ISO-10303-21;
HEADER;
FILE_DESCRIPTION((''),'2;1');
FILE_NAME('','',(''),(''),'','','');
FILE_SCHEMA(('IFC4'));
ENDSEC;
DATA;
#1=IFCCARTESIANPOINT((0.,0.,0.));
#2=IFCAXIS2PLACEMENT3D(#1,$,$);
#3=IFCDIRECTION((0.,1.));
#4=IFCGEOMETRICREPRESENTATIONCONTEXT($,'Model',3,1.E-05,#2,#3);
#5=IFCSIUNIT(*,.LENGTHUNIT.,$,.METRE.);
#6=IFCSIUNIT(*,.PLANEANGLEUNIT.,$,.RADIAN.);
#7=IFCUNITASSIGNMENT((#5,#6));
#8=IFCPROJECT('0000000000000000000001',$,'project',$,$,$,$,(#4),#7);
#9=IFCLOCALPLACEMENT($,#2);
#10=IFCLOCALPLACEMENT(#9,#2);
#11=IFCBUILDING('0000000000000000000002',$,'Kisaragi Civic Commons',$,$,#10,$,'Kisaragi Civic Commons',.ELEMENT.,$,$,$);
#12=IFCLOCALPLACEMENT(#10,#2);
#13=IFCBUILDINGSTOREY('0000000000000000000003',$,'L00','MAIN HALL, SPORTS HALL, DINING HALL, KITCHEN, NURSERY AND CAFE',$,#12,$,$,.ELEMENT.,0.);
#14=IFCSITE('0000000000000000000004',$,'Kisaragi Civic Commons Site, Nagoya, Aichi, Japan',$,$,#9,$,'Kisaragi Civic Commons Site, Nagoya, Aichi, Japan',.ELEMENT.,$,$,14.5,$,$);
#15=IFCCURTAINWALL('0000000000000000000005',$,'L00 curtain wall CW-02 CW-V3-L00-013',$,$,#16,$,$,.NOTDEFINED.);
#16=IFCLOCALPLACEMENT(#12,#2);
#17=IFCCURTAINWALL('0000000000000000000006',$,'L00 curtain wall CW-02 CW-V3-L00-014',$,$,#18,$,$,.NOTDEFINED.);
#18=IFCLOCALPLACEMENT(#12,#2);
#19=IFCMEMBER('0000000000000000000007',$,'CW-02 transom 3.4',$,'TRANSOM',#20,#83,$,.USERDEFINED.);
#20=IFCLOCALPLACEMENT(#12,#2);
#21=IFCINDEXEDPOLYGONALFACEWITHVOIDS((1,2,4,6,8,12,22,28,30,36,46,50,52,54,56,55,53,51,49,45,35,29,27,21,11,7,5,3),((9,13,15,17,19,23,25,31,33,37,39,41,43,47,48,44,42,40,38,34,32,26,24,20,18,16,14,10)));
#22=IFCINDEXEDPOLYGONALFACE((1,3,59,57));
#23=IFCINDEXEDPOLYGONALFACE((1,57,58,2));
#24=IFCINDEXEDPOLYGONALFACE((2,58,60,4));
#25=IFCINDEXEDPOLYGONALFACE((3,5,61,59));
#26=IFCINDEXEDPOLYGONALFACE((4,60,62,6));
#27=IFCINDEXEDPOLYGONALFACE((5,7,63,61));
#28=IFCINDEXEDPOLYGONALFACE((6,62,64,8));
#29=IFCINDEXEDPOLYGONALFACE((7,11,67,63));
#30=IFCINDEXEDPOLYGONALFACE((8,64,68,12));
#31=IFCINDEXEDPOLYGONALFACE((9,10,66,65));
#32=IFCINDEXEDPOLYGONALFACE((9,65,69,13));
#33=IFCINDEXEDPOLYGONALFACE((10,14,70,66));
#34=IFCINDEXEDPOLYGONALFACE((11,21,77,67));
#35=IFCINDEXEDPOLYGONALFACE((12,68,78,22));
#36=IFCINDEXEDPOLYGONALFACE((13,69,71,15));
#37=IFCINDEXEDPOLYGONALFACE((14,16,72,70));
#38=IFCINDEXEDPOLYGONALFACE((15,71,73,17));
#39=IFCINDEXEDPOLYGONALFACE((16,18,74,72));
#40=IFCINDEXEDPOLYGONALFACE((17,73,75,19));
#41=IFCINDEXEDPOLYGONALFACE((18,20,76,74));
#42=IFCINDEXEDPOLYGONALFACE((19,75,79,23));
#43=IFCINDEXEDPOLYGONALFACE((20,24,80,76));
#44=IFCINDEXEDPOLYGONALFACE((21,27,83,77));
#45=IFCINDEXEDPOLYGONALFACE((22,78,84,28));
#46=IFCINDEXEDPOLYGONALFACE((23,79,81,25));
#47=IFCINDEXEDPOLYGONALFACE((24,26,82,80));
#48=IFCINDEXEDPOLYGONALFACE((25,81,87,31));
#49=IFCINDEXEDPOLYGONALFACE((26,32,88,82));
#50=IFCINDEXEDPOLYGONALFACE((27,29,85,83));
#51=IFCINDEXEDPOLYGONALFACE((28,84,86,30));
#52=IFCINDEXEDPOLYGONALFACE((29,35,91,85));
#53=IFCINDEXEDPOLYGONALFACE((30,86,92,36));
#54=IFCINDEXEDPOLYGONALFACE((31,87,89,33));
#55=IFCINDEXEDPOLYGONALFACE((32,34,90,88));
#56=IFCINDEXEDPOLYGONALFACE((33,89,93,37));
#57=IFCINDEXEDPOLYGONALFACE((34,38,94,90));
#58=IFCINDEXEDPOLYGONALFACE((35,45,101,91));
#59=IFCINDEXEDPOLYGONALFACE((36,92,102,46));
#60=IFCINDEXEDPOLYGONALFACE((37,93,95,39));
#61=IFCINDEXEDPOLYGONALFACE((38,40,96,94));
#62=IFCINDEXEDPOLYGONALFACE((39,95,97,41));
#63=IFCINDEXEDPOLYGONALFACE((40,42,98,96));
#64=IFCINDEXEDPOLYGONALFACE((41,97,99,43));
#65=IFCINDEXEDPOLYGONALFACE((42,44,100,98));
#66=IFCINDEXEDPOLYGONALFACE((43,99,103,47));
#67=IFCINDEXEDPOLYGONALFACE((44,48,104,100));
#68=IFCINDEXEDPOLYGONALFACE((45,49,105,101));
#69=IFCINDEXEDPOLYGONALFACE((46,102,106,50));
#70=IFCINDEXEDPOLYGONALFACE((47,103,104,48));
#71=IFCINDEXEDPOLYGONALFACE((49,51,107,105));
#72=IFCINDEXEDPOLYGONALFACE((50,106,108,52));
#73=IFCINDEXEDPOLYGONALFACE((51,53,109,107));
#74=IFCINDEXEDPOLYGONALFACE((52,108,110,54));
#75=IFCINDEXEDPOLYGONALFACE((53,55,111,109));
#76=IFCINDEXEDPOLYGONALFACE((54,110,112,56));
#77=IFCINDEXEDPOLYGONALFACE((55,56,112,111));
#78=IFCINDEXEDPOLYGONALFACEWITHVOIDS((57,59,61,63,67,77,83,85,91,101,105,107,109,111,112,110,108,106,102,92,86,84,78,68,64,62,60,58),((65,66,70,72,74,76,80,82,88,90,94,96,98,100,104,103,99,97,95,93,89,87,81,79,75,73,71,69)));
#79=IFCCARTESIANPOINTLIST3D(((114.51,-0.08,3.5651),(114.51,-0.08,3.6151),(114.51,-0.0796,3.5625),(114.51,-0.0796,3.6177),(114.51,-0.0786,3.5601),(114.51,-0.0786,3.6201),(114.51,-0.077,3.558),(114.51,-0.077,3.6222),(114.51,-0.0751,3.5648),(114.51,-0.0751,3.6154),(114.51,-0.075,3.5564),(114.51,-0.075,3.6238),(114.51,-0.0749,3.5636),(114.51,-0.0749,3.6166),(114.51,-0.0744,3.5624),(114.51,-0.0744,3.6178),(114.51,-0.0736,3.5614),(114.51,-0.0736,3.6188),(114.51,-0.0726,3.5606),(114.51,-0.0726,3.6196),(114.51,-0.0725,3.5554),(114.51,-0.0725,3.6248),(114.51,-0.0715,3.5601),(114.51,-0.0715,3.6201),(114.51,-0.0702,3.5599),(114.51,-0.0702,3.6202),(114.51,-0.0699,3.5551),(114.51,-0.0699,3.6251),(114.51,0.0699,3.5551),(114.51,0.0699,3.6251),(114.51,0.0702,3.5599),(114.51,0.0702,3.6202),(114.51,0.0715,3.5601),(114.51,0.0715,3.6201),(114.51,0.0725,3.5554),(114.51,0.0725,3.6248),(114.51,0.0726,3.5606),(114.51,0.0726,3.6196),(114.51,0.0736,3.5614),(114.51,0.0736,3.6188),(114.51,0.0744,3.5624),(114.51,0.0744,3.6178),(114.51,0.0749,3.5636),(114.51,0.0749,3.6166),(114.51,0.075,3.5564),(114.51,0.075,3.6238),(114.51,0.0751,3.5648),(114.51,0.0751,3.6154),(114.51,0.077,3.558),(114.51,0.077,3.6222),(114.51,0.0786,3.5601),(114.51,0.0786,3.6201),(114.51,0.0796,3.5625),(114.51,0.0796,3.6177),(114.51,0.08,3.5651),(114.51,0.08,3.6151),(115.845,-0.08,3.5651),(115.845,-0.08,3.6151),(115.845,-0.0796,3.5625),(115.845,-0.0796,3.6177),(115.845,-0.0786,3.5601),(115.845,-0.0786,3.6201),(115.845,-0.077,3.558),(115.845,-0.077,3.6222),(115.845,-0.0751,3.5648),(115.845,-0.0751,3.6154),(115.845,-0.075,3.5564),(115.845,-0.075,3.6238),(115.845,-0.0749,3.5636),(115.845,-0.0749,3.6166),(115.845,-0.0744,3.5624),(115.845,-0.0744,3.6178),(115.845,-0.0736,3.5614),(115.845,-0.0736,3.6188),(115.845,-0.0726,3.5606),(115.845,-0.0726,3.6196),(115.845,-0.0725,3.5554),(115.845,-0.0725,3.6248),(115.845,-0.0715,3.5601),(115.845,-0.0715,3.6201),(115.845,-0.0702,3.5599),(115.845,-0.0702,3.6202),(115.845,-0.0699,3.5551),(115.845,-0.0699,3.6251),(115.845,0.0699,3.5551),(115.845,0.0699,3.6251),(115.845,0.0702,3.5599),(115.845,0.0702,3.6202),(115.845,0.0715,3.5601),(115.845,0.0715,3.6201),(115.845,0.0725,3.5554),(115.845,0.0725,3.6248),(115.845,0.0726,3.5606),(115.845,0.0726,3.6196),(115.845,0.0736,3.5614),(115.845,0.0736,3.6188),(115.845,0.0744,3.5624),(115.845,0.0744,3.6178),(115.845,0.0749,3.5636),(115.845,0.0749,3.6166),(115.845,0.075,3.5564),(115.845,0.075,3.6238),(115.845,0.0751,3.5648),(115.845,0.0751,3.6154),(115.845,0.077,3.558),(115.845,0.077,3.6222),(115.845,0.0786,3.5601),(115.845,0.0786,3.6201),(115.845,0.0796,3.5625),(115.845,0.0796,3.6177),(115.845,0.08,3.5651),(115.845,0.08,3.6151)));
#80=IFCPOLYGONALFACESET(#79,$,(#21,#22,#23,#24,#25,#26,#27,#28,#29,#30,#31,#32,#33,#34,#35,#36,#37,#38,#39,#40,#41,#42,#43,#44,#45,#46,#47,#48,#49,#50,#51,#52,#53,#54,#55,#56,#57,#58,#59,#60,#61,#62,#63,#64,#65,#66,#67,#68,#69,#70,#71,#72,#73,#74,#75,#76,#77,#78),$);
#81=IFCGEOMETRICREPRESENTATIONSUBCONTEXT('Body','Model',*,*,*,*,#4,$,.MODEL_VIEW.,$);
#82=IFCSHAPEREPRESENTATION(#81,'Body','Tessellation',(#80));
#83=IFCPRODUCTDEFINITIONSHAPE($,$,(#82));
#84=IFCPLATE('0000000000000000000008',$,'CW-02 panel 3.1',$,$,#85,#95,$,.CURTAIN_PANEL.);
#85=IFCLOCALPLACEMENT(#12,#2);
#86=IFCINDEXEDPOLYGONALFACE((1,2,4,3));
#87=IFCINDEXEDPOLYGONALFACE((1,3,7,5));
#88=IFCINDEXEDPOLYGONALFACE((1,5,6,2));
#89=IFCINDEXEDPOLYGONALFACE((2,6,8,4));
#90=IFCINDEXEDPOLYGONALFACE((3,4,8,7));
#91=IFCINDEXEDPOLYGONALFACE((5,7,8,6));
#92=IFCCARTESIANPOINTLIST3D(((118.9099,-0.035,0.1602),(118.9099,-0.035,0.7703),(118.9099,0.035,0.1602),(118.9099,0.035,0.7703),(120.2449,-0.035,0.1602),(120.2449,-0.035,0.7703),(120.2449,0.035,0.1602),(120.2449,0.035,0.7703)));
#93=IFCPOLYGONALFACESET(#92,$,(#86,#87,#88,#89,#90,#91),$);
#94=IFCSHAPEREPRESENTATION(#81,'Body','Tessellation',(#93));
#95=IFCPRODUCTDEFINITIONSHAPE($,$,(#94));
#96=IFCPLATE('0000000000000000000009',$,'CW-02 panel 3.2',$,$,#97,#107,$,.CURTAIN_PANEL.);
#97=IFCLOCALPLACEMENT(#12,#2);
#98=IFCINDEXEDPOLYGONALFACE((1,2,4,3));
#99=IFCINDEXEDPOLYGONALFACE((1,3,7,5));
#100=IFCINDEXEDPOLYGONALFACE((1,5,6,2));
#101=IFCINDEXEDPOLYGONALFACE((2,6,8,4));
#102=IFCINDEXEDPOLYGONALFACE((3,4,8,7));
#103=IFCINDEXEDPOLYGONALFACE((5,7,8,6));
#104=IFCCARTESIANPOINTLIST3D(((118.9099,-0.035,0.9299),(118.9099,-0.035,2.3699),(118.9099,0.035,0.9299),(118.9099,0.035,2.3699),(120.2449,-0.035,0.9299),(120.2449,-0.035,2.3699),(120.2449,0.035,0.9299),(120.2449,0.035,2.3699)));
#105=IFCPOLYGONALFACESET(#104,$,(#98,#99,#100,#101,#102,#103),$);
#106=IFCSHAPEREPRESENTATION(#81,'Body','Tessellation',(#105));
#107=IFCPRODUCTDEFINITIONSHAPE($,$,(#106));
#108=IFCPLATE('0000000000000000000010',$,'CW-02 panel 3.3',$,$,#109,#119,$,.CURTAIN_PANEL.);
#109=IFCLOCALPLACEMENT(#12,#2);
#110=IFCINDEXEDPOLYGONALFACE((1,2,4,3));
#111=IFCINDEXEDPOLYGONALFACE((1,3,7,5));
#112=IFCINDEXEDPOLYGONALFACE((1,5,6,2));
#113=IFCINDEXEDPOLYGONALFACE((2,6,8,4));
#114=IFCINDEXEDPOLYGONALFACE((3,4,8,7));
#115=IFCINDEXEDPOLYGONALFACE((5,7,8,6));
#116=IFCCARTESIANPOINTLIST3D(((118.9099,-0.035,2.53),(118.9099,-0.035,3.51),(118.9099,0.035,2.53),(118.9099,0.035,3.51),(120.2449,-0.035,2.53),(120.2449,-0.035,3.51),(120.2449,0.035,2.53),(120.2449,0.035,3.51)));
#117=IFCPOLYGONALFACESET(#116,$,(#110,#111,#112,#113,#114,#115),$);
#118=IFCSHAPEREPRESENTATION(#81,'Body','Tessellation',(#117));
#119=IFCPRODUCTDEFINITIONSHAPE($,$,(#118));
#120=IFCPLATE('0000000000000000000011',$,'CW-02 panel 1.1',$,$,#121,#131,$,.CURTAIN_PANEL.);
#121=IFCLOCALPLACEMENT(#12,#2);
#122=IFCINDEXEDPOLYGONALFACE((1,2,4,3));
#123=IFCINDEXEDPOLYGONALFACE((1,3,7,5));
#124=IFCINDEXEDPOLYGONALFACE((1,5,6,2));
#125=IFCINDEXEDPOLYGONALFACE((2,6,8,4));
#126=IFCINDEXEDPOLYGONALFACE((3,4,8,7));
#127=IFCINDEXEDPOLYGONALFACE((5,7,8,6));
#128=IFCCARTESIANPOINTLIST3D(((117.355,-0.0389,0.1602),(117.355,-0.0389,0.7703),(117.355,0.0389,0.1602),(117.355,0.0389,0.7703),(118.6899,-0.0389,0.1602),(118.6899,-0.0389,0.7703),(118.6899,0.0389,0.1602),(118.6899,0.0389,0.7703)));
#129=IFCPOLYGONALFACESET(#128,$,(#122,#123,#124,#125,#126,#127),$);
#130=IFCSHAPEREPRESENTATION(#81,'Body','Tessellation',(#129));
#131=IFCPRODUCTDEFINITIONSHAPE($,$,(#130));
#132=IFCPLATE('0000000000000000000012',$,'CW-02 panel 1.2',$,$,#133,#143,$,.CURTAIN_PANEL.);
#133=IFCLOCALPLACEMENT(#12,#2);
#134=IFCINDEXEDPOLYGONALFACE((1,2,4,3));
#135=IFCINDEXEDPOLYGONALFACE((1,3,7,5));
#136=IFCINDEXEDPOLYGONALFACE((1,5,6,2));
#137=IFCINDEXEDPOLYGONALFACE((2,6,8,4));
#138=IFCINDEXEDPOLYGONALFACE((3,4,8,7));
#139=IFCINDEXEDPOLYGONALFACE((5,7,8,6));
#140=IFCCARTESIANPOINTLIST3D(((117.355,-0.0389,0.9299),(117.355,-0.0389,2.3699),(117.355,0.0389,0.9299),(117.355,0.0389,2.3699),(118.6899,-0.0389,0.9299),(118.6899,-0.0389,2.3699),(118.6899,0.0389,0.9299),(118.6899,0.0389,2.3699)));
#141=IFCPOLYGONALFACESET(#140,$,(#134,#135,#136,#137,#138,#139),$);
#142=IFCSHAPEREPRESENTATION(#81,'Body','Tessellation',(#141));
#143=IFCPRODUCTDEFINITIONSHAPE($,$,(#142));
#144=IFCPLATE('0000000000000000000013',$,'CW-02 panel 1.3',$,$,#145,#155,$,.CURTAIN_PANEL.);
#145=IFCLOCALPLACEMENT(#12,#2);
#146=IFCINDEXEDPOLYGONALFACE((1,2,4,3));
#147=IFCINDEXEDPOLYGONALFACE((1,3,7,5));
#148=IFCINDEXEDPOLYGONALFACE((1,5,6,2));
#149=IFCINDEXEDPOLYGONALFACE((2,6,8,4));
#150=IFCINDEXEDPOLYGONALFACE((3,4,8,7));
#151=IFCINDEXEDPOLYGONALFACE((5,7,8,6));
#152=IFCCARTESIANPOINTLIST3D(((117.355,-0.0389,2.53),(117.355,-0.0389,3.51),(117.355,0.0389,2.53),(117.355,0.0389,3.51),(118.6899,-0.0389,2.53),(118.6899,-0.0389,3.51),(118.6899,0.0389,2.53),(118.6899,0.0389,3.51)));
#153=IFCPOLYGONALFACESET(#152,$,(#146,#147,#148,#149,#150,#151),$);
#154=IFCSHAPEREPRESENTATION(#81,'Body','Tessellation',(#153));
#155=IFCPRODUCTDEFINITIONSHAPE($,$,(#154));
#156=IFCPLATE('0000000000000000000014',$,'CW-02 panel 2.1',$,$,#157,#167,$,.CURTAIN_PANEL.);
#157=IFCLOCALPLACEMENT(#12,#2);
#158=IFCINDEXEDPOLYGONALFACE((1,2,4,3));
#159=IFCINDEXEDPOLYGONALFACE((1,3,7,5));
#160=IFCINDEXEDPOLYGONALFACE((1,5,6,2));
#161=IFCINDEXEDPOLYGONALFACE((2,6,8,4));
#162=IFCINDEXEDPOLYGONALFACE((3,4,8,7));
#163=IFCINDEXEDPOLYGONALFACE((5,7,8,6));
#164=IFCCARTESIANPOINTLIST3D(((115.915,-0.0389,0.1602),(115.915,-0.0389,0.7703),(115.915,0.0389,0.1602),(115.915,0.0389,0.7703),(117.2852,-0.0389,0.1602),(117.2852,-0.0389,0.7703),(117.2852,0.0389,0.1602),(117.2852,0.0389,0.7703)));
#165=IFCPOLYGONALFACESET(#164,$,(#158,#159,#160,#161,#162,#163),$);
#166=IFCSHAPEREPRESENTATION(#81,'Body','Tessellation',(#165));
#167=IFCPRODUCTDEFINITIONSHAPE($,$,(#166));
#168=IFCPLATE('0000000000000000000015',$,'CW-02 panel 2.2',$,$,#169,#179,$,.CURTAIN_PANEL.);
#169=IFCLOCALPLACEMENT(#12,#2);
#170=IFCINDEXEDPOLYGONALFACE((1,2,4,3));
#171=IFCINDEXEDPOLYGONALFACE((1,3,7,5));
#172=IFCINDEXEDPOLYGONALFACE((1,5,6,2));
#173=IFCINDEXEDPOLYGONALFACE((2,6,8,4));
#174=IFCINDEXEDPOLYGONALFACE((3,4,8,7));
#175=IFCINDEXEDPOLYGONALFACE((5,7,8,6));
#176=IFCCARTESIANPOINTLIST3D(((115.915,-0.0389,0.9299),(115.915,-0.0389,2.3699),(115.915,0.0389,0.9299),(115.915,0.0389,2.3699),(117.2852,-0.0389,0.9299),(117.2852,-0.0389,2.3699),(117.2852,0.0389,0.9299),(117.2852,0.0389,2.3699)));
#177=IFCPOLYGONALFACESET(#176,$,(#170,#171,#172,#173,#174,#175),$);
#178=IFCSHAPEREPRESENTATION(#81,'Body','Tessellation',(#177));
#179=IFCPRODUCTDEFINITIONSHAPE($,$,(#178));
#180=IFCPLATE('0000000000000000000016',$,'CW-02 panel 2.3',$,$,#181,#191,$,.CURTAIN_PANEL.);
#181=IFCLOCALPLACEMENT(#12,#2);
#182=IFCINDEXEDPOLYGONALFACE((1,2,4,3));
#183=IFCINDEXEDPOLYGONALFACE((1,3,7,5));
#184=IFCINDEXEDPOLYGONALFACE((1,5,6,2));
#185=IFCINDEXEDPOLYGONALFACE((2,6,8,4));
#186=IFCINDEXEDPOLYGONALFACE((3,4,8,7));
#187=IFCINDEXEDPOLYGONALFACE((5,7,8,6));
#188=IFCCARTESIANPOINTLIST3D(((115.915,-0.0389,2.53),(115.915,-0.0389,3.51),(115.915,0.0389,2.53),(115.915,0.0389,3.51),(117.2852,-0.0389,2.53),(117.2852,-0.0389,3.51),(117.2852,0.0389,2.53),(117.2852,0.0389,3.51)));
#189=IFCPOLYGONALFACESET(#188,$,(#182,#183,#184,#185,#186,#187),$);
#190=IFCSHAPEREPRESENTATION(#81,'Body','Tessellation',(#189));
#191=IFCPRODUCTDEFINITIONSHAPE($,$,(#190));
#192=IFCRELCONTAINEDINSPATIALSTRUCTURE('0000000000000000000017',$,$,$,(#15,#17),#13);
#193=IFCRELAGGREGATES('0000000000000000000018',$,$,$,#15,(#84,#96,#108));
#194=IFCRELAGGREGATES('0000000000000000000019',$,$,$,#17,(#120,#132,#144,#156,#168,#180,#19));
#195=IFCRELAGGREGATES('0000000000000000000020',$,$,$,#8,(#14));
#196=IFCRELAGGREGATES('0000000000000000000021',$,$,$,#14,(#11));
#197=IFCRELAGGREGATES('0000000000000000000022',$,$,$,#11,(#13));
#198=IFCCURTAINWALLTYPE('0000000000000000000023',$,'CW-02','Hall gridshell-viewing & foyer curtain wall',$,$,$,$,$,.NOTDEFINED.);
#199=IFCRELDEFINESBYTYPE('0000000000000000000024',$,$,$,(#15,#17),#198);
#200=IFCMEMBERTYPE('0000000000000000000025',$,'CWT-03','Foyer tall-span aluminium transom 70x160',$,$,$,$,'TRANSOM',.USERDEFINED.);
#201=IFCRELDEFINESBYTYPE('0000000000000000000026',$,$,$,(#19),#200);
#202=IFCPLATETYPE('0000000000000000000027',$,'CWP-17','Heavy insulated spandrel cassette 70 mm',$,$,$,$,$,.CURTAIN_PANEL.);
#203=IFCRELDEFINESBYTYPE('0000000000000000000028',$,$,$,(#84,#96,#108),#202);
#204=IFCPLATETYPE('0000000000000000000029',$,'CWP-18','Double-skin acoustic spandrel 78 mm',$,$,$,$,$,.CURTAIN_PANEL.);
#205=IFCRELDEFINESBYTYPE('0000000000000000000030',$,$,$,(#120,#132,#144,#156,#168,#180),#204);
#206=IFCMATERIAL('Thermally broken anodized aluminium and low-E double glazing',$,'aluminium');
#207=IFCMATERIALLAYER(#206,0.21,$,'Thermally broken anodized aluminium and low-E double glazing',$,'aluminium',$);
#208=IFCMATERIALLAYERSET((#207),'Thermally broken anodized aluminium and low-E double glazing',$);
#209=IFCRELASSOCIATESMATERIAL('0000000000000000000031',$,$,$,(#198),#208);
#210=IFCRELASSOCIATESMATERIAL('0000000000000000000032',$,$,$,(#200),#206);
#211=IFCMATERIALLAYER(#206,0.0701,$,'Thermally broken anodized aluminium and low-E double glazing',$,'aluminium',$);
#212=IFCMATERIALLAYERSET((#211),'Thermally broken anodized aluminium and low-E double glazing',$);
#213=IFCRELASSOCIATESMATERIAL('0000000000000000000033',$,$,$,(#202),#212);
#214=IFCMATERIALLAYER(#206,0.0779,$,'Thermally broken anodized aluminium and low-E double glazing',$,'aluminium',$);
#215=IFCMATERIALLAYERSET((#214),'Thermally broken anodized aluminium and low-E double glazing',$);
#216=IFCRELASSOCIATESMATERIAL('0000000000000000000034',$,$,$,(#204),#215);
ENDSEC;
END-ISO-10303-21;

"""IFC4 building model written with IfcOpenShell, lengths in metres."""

from ifc_helpers import new_model, si_unit, direction, frame, origin, origin_2d, place, context, subcontext, project, spatial, rectangle, hollow_rectangle, extrude, material, layer, layer_set, material_profile, profile_set, type_object, element, aggregate, save


model = new_model("IFC4")

# Units and contexts
model_context = context("Model", 3, precision=1e-05, world=origin(), true_north=direction((0.0, 1.0)))
body_context = subcontext(model_context, "Body", "Model", "MODEL_VIEW")
ifc_project = project(units=[si_unit("LENGTHUNIT", "METRE"), si_unit("PLANEANGLEUNIT", "RADIAN")], contexts=[model_context])

# Site, building, storey
site_placement = place(None, origin())
site = spatial("IfcSite", under=ifc_project, at=site_placement, Name="Kisaragi Civic Commons Site, Nagoya, Aichi, Japan", LongName="Kisaragi Civic Commons Site, Nagoya, Aichi, Japan", CompositionType="ELEMENT", RefElevation=14.5)
building_placement = place(site_placement, origin())
building = spatial("IfcBuilding", under=site, at=building_placement, Name="Kisaragi Civic Commons", LongName="Kisaragi Civic Commons", CompositionType="ELEMENT")
storey_placement = place(building_placement, origin())
storey = spatial("IfcBuildingStorey", under=building, at=storey_placement, Name="L00", Description="MAIN HALL, SPORTS HALL, DINING HALL, KITCHEN, NURSERY AND CAFE", CompositionType="ELEMENT", Elevation=0.0)

# Curtain wall
ifc_material_1 = material(Name="Thermally broken anodized aluminium and low-E double glazing", Category="aluminium")
ifc_layer_1 = layer(ifc_material_1, 0.21, Name="Thermally broken anodized aluminium and low-E double glazing", Category="aluminium")
ifc_layer_set_1 = layer_set([ifc_layer_1], Name="Thermally broken anodized aluminium and low-E double glazing")
curtain_wall_type = type_object("IfcCurtainWallType", Name="CW-02", Description="Hall gridshell-viewing & foyer curtain wall", PredefinedType="NOTDEFINED", material=ifc_layer_set_1)
curtain_wall_1_placement = place(storey_placement, origin())
curtain_wall_1 = element("IfcCurtainWall", 1, at=curtain_wall_1_placement, inside=storey, type_object=curtain_wall_type, Name="L00 curtain wall CW-02 CW-V3-L00-013", PredefinedType="NOTDEFINED")

# Curtain wall, member
curtain_wall_2_placement = place(storey_placement, origin())
curtain_wall_2 = element("IfcCurtainWall", 2, at=curtain_wall_2_placement, inside=storey, type_object=curtain_wall_type, Name="L00 curtain wall CW-02 CW-V3-L00-014", PredefinedType="NOTDEFINED")
ifc_material_profile_1 = material_profile(ifc_material_1, hollow_rectangle(XDim=0.1599, YDim=0.0701, WallThickness=0.0049, InnerFilletRadius=0.0049, OuterFilletRadius=0.01, at=origin_2d()), Name="CWT-70x160x5", Category="aluminium")
ifc_profile_set_1 = profile_set([ifc_material_profile_1], Name="Thermally broken anodized aluminium and low-E double glazing")
member_type_1 = type_object("IfcMemberType", Name="CWT-03", Description="Foyer tall-span aluminium transom 70x160", ElementType="TRANSOM", PredefinedType="USERDEFINED", material=ifc_profile_set_1)
member_1_placement = place(storey_placement, frame((115.845, 0.0, 3.5901), z_axis=(-1.0, 0.0, 0.0), x_axis=(0.0, -1.0, 0.0)))
member_1 = element("IfcMember", 3, at=member_1_placement, type_object=member_type_1, Name="CW-02 transom 3.4", ObjectType="TRANSOM", PredefinedType="USERDEFINED", context=body_context, shape_type="SweptSolid", body=[
    extrude(hollow_rectangle(XDim=0.1599, YDim=0.0701, WallThickness=0.0049, InnerFilletRadius=0.0049, OuterFilletRadius=0.01, at=origin_2d()), origin(), (0.0, 0.0, 1.0), 1.335),
])

# Plates
ifc_layer_2 = layer(ifc_material_1, 0.0701, Name="Thermally broken anodized aluminium and low-E double glazing", Category="aluminium")
ifc_layer_set_2 = layer_set([ifc_layer_2], Name="Thermally broken anodized aluminium and low-E double glazing")
plate_type_1 = type_object("IfcPlateType", Name="CWP-17", Description="Heavy insulated spandrel cassette 70 mm", PredefinedType="CURTAIN_PANEL", material=ifc_layer_set_2)
plate_1_placement = place(storey_placement, frame((119.5774, 0.0, 0.1602), z_axis=(0.0, 0.0, 1.0), x_axis=(-1.0, 0.0, 0.0)))
plate_1 = element("IfcPlate", 4, at=plate_1_placement, type_object=plate_type_1, Name="CW-02 panel 3.1", PredefinedType="CURTAIN_PANEL", context=body_context, shape_type="SweptSolid", body=[
    extrude(rectangle(XDim=1.335, YDim=0.0701, at=origin_2d()), origin(), (0.0, 0.0, 1.0), 0.6101),
])
plate_2_placement = place(storey_placement, frame((119.5774, 0.0, 0.9299), z_axis=(0.0, 0.0, 1.0), x_axis=(-1.0, 0.0, 0.0)))
plate_2 = element("IfcPlate", 5, at=plate_2_placement, type_object=plate_type_1, Name="CW-02 panel 3.2", PredefinedType="CURTAIN_PANEL", context=body_context, shape_type="SweptSolid", body=[
    extrude(rectangle(XDim=1.335, YDim=0.0701, at=origin_2d()), origin(), (0.0, 0.0, 1.0), 1.4399),
])
plate_3_placement = place(storey_placement, frame((119.5774, 0.0, 2.53), z_axis=(0.0, 0.0, 1.0), x_axis=(-1.0, 0.0, 0.0)))
plate_3 = element("IfcPlate", 6, at=plate_3_placement, type_object=plate_type_1, Name="CW-02 panel 3.3", PredefinedType="CURTAIN_PANEL", context=body_context, shape_type="SweptSolid", body=[
    extrude(rectangle(XDim=1.335, YDim=0.0701, at=origin_2d()), origin(), (0.0, 0.0, 1.0), 0.98),
])
aggregate(curtain_wall_1, [plate_1, plate_2, plate_3])
ifc_layer_3 = layer(ifc_material_1, 0.0779, Name="Thermally broken anodized aluminium and low-E double glazing", Category="aluminium")
ifc_layer_set_3 = layer_set([ifc_layer_3], Name="Thermally broken anodized aluminium and low-E double glazing")
plate_type_2 = type_object("IfcPlateType", Name="CWP-18", Description="Double-skin acoustic spandrel 78 mm", PredefinedType="CURTAIN_PANEL", material=ifc_layer_set_3)
plate_4_placement = place(storey_placement, frame((118.0225, 0.0, 0.1602), z_axis=(0.0, 0.0, 1.0), x_axis=(-1.0, 0.0, 0.0)))
plate_4 = element("IfcPlate", 7, at=plate_4_placement, type_object=plate_type_2, Name="CW-02 panel 1.1", PredefinedType="CURTAIN_PANEL", context=body_context, shape_type="SweptSolid", body=[
    extrude(rectangle(XDim=1.335, YDim=0.0779, at=origin_2d()), origin(), (0.0, 0.0, 1.0), 0.6101),
])
plate_5_placement = place(storey_placement, frame((118.0225, 0.0, 0.9299), z_axis=(0.0, 0.0, 1.0), x_axis=(-1.0, 0.0, 0.0)))
plate_5 = element("IfcPlate", 8, at=plate_5_placement, type_object=plate_type_2, Name="CW-02 panel 1.2", PredefinedType="CURTAIN_PANEL", context=body_context, shape_type="SweptSolid", body=[
    extrude(rectangle(XDim=1.335, YDim=0.0779, at=origin_2d()), origin(), (0.0, 0.0, 1.0), 1.4399),
])
plate_6_placement = place(storey_placement, frame((118.0225, 0.0, 2.53), z_axis=(0.0, 0.0, 1.0), x_axis=(-1.0, 0.0, 0.0)))
plate_6 = element("IfcPlate", 9, at=plate_6_placement, type_object=plate_type_2, Name="CW-02 panel 1.3", PredefinedType="CURTAIN_PANEL", context=body_context, shape_type="SweptSolid", body=[
    extrude(rectangle(XDim=1.335, YDim=0.0779, at=origin_2d()), origin(), (0.0, 0.0, 1.0), 0.98),
])
plate_7_placement = place(storey_placement, frame((116.6001, 0.0, 0.1602), z_axis=(0.0, 0.0, 1.0), x_axis=(-1.0, 0.0, 0.0)))
plate_7 = element("IfcPlate", 10, at=plate_7_placement, type_object=plate_type_2, Name="CW-02 panel 2.1", PredefinedType="CURTAIN_PANEL", context=body_context, shape_type="SweptSolid", body=[
    extrude(rectangle(XDim=1.3701, YDim=0.0779, at=origin_2d()), origin(), (0.0, 0.0, 1.0), 0.6101),
])
plate_8_placement = place(storey_placement, frame((116.6001, 0.0, 0.9299), z_axis=(0.0, 0.0, 1.0), x_axis=(-1.0, 0.0, 0.0)))
plate_8 = element("IfcPlate", 11, at=plate_8_placement, type_object=plate_type_2, Name="CW-02 panel 2.2", PredefinedType="CURTAIN_PANEL", context=body_context, shape_type="SweptSolid", body=[
    extrude(rectangle(XDim=1.3701, YDim=0.0779, at=origin_2d()), origin(), (0.0, 0.0, 1.0), 1.4399),
])
plate_9_placement = place(storey_placement, frame((116.6001, 0.0, 2.53), z_axis=(0.0, 0.0, 1.0), x_axis=(-1.0, 0.0, 0.0)))
plate_9 = element("IfcPlate", 12, at=plate_9_placement, type_object=plate_type_2, Name="CW-02 panel 2.3", PredefinedType="CURTAIN_PANEL", context=body_context, shape_type="SweptSolid", body=[
    extrude(rectangle(XDim=1.3701, YDim=0.0779, at=origin_2d()), origin(), (0.0, 0.0, 1.0), 0.98),
])
aggregate(curtain_wall_2, [plate_4, plate_5, plate_6, plate_7, plate_8, plate_9, member_1])

save(model, "model.ifc")
